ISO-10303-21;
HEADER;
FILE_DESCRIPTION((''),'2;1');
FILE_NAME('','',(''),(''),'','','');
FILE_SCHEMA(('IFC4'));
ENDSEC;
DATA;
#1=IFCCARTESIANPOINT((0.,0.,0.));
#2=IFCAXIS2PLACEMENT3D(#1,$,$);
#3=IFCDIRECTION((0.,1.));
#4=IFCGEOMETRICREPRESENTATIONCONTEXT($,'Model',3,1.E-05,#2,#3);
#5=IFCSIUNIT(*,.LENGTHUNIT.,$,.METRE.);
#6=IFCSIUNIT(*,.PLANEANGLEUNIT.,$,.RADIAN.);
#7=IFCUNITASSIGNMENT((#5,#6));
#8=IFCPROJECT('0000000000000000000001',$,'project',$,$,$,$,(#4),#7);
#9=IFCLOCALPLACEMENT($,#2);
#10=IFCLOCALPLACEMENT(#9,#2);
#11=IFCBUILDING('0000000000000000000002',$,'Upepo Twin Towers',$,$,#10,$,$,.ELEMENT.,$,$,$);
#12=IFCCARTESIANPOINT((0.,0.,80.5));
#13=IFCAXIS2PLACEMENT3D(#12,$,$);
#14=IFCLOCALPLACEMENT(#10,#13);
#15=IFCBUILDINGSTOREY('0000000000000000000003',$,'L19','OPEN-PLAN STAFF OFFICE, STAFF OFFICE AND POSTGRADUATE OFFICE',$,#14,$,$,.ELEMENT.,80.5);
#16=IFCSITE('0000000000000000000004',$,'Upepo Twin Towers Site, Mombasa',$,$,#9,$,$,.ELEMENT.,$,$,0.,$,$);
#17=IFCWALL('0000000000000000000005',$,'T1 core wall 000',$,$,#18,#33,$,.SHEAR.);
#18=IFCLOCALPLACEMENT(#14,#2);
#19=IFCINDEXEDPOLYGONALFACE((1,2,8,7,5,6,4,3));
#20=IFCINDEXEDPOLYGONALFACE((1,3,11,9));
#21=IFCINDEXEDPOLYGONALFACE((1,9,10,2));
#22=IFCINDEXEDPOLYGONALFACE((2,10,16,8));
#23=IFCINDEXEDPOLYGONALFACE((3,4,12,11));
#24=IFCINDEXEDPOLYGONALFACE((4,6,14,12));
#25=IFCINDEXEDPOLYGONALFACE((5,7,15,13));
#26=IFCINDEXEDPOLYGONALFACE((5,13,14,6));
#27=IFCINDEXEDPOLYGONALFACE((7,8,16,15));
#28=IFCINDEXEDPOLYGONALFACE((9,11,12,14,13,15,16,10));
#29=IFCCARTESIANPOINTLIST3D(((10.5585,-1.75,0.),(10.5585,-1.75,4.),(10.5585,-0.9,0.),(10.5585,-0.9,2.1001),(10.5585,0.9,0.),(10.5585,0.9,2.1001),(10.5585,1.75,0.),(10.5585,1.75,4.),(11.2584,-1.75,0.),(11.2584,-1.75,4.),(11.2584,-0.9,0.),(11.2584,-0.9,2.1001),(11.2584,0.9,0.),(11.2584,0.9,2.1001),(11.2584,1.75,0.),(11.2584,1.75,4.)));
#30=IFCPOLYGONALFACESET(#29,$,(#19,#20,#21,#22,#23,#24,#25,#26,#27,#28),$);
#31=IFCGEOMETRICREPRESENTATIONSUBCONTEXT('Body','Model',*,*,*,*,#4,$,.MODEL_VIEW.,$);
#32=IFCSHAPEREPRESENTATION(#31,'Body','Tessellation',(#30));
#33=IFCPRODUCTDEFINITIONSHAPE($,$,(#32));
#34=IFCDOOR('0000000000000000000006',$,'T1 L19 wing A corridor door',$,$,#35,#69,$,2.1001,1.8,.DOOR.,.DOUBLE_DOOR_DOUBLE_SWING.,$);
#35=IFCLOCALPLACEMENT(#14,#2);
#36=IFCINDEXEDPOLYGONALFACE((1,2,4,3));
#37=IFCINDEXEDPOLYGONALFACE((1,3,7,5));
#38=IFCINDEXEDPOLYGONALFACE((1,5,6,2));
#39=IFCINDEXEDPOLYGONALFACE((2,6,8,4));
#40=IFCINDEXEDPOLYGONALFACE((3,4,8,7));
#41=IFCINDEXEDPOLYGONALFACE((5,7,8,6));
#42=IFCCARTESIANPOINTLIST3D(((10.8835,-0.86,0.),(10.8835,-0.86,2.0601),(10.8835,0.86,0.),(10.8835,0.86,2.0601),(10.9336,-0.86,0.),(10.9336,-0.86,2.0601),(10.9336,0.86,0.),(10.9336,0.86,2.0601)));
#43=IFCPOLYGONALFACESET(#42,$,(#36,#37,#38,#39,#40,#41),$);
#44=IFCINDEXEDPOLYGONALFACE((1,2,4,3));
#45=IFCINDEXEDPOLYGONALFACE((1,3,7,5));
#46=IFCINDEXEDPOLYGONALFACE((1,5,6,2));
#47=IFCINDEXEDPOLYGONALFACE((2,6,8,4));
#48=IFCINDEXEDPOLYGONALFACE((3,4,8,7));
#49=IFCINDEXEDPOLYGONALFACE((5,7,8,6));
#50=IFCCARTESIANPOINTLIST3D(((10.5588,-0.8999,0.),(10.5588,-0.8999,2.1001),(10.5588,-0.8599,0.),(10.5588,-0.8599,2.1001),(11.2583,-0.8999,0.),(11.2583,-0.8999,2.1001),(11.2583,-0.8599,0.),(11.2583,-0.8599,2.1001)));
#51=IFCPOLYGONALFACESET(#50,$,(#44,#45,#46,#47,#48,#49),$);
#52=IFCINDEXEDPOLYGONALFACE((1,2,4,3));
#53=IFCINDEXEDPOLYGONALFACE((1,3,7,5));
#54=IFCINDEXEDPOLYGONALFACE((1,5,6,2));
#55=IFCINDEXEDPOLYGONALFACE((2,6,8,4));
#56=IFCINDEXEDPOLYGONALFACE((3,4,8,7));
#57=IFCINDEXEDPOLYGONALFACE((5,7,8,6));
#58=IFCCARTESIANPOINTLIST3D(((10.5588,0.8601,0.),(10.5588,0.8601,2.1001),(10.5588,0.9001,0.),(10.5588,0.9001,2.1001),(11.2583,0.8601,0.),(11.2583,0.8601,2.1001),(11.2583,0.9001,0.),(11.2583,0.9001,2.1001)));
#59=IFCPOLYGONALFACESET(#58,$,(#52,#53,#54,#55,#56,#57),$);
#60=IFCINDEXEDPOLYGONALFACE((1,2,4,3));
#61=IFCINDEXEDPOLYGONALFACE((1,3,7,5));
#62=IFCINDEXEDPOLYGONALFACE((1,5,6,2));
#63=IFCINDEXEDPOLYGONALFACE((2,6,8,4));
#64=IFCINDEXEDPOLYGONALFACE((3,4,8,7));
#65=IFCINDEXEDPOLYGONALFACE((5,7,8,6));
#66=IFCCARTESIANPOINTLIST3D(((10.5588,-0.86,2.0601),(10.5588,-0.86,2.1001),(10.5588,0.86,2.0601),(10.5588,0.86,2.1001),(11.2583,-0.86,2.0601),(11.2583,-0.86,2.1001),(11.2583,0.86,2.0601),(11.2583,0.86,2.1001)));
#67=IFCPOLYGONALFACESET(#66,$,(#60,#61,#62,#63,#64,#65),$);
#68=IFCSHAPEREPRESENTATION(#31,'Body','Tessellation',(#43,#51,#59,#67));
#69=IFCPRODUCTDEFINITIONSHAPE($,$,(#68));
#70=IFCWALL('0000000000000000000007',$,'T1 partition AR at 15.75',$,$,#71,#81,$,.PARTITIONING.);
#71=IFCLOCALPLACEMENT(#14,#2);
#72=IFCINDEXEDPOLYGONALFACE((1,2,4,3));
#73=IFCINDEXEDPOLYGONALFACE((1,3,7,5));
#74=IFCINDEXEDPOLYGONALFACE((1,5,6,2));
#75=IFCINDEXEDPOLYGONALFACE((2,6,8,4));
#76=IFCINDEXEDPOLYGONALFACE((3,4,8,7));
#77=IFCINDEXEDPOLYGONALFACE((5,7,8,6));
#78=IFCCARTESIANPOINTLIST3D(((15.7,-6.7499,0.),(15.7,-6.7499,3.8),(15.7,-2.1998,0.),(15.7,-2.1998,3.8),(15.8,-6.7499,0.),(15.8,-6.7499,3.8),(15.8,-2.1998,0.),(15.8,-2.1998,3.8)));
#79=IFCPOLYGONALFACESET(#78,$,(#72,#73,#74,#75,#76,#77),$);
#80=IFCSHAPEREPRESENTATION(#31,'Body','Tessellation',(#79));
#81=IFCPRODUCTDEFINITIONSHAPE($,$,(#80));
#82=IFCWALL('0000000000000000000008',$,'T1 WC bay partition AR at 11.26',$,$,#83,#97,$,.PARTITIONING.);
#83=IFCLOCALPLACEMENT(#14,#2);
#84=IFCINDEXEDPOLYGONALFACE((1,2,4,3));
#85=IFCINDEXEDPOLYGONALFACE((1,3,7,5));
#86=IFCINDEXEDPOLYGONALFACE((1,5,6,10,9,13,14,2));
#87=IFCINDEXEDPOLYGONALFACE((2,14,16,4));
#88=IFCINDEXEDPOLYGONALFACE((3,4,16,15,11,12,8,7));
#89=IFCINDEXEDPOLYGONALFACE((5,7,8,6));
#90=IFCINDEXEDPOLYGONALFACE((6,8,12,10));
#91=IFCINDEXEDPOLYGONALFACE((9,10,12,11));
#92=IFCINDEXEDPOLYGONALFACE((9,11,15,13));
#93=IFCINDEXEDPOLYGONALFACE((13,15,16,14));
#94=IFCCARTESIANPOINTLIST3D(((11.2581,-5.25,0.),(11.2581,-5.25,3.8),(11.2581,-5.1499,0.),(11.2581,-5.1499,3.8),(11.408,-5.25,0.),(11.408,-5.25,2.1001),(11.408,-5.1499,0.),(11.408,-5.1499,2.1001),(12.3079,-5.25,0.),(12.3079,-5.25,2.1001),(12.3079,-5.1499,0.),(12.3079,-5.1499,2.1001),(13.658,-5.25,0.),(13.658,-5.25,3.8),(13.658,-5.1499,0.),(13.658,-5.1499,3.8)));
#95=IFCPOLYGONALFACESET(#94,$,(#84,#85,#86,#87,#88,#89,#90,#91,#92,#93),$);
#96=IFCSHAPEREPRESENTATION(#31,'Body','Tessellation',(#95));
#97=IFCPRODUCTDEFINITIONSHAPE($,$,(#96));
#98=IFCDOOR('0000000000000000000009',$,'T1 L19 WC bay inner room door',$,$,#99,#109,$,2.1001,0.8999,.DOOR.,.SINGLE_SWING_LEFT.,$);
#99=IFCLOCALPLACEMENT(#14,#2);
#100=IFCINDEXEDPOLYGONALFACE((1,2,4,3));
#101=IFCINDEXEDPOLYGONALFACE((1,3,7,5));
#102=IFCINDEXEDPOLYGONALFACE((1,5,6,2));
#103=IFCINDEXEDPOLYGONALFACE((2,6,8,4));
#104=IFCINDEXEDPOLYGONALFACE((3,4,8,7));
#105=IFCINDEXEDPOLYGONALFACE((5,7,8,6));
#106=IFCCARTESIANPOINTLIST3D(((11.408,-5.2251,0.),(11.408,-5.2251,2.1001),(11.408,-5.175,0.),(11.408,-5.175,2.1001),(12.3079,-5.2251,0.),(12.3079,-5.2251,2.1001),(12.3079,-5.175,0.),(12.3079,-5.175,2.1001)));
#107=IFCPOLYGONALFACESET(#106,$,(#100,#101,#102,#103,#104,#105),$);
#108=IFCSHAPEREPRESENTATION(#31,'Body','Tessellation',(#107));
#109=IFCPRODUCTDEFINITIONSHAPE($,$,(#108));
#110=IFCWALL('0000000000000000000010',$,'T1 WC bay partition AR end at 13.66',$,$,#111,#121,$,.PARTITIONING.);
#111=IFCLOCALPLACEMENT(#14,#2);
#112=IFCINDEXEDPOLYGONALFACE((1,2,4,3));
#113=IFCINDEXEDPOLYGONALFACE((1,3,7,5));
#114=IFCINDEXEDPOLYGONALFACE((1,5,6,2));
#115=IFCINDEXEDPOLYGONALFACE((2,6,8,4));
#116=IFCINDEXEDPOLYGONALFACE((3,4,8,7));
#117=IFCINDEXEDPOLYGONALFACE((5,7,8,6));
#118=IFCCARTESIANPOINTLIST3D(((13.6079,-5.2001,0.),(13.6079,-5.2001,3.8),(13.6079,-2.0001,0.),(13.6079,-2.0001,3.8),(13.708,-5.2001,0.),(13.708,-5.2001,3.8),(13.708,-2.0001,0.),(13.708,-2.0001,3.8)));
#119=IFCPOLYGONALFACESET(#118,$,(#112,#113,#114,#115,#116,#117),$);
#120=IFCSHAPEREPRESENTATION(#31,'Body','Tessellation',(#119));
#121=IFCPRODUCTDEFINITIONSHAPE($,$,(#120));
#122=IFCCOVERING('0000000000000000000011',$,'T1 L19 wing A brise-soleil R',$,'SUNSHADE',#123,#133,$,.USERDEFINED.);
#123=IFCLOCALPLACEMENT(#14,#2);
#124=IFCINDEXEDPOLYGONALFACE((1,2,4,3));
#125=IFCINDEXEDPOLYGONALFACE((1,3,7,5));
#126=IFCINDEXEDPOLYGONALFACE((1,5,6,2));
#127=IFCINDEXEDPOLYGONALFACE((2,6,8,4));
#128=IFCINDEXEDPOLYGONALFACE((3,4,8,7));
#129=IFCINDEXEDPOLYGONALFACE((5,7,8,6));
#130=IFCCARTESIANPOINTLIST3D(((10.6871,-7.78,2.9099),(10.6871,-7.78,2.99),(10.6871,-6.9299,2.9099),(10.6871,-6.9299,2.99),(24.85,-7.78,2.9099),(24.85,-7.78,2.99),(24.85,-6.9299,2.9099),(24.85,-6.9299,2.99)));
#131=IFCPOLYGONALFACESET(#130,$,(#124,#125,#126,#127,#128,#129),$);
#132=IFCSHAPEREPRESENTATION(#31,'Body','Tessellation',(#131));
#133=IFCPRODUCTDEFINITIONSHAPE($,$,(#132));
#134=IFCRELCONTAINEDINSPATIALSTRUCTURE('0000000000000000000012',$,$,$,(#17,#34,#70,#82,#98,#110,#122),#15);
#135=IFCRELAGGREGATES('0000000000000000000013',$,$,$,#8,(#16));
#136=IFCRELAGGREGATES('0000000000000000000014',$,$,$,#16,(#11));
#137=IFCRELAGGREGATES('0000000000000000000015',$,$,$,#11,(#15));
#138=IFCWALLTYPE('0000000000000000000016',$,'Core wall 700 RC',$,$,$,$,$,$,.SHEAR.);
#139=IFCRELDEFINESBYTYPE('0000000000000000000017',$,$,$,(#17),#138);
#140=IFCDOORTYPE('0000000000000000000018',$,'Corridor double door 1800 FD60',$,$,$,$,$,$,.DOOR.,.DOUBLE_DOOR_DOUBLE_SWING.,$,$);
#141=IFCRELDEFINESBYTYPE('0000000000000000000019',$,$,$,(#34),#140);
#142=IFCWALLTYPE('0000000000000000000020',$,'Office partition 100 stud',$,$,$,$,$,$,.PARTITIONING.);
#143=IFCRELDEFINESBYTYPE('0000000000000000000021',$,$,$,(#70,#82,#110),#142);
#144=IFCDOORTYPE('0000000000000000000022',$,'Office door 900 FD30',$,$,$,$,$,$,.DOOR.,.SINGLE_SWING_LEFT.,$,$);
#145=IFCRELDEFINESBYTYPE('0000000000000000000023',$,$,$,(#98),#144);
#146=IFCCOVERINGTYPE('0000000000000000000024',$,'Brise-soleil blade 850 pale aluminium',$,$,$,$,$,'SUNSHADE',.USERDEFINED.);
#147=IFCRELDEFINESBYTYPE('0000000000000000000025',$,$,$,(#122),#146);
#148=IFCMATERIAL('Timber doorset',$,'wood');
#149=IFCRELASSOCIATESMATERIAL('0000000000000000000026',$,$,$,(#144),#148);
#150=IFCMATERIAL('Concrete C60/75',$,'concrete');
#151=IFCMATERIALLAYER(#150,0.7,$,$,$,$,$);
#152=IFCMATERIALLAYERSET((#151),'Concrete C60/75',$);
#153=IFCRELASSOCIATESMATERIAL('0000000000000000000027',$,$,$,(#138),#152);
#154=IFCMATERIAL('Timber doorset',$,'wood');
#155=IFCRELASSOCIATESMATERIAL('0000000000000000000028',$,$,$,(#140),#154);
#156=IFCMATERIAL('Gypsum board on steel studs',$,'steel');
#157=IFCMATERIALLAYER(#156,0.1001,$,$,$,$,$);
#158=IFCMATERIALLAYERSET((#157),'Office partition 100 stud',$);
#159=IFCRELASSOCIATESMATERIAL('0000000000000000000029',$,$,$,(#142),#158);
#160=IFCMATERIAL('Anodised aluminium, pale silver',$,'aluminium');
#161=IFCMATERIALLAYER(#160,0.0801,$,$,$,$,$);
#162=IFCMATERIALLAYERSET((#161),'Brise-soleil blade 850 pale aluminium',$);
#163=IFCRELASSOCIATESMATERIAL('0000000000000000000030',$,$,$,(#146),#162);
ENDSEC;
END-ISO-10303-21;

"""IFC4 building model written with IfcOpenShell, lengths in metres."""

from ifc_helpers import new_model, si_unit, direction, frame, frame_2d, origin, origin_2d, place, context, subcontext, project, spatial, rectangle, extrude, material, layer, layer_set, type_object, element, fill, save


model = new_model("IFC4")

# Units and contexts
model_context = context("Model", 3, precision=1e-05, world=origin(), true_north=direction((0.0, 1.0)))
body_context = subcontext(model_context, "Body", "Model", "MODEL_VIEW")
ifc_project = project(units=[si_unit("LENGTHUNIT", "METRE"), si_unit("PLANEANGLEUNIT", "RADIAN")], contexts=[model_context])

# Site, building, storey
site_placement = place(None, origin())
site = spatial("IfcSite", under=ifc_project, at=site_placement, Name="Upepo Twin Towers Site, Mombasa", CompositionType="ELEMENT", RefElevation=0.0)
building_placement = place(site_placement, origin())
building = spatial("IfcBuilding", under=site, at=building_placement, Name="Upepo Twin Towers", CompositionType="ELEMENT")
storey_placement = place(building_placement, frame((0.0, 0.0, 80.5)))
storey = spatial("IfcBuildingStorey", under=building, at=storey_placement, Name="L19", Description="OPEN-PLAN STAFF OFFICE, STAFF OFFICE AND POSTGRADUATE OFFICE", CompositionType="ELEMENT", Elevation=80.5)

# Shared definitions
ifc_material_1 = material(Name="Timber doorset", Category="wood")
door_type_1 = type_object("IfcDoorType", Name="Office door 900 FD30", OperationType="SINGLE_SWING_LEFT", PredefinedType="DOOR", material=ifc_material_1)

# Wall, opening, door
ifc_material_2 = material(Name="Concrete C60/75", Category="concrete")
ifc_layer_1 = layer(ifc_material_2, 0.7)
ifc_layer_set_1 = layer_set([ifc_layer_1], Name="Concrete C60/75")
wall_type_1 = type_object("IfcWallType", Name="Core wall 700 RC", PredefinedType="SHEAR", material=ifc_layer_set_1)
wall_1_placement = place(storey_placement, frame((10.9084, -1.75, 0.0), z_axis=(0.0, 0.0, 1.0), x_axis=(0.0, 1.0, 0.0)))
wall_1 = element("IfcWall", 1, at=wall_1_placement, inside=storey, type_object=wall_type_1, Name="T1 core wall 000", PredefinedType="SHEAR", context=body_context, shape_type="SweptSolid", body=[
    extrude(rectangle(XDim=3.5, YDim=0.7, at=frame_2d((1.75, 0.0))), origin(), (0.0, 0.0, 1.0), 4.0),
])
opening_1_placement = place(wall_1_placement, frame((0.8501, 0.0, 0.0)))
opening_1 = element("IfcOpeningElement", 2, at=opening_1_placement, cuts=wall_1, PredefinedType="OPENING", context=body_context, shape_type="SweptSolid", body=[
    extrude(rectangle(XDim=1.8, YDim=2.1001, at=frame_2d((0.8999, 1.05))), frame((0.0, 0.3599, 0.0), z_axis=(0.0, -1.0, 0.0), x_axis=(1.0, 0.0, 0.0)), (0.0, 0.0, 1.0), 0.72),
])
ifc_material_3 = material(Name="Timber doorset", Category="wood")
door_type_2 = type_object("IfcDoorType", Name="Corridor double door 1800 FD60", OperationType="DOUBLE_DOOR_DOUBLE_SWING", PredefinedType="DOOR", material=ifc_material_3)
door_1_placement = place(opening_1_placement, origin())
door_1 = element("IfcDoor", 3, at=door_1_placement, inside=storey, type_object=door_type_2, Name="T1 L19 wing A corridor door", OperationType="DOUBLE_DOOR_DOUBLE_SWING", OverallHeight=2.1001, OverallWidth=1.8, PredefinedType="DOOR", context=body_context, shape_type="SweptSolid", body=[
    extrude(rectangle(XDim=1.72, YDim=2.0601, at=frame_2d((0.8999, 1.03))), frame((0.0, 0.0249, 0.0), z_axis=(0.0, -1.0, 0.0), x_axis=(1.0, 0.0, 0.0)), (0.0, 0.0, 1.0), 0.05),
    extrude(rectangle(XDim=0.04, YDim=2.1001, at=frame_2d((0.02, 1.05))), frame((0.0, 0.3496, 0.0), z_axis=(0.0, -1.0, 0.0), x_axis=(1.0, 0.0, 0.0)), (0.0, 0.0, 1.0), 0.6995),
    extrude(rectangle(XDim=0.04, YDim=2.1001, at=frame_2d((1.78, 1.05))), frame((0.0, 0.3496, 0.0), z_axis=(0.0, -1.0, 0.0), x_axis=(1.0, 0.0, 0.0)), (0.0, 0.0, 1.0), 0.6995),
    extrude(rectangle(XDim=1.72, YDim=0.04, at=frame_2d((0.8999, 2.0801))), frame((0.0, 0.3496, 0.0), z_axis=(0.0, -1.0, 0.0), x_axis=(1.0, 0.0, 0.0)), (0.0, 0.0, 1.0), 0.6995),
])
fill(opening_1, door_1)

# Wall
ifc_material_4 = material(Name="Gypsum board on steel studs", Category="steel")
ifc_layer_2 = layer(ifc_material_4, 0.1001)
ifc_layer_set_2 = layer_set([ifc_layer_2], Name="Office partition 100 stud")
wall_type_2 = type_object("IfcWallType", Name="Office partition 100 stud", PredefinedType="PARTITIONING", material=ifc_layer_set_2)
wall_2_placement = place(storey_placement, frame((15.75, -2.2, 0.0), z_axis=(0.0, 0.0, 1.0), x_axis=(0.0, -1.0, 0.0)))
element("IfcWall", 4, at=wall_2_placement, inside=storey, type_object=wall_type_2, Name="T1 partition AR at 15.75", PredefinedType="PARTITIONING", context=body_context, shape_type="SweptSolid", body=[
    extrude(rectangle(XDim=4.55, YDim=0.1001, at=frame_2d((2.2749, 0.0))), origin(), (0.0, 0.0, 1.0), 3.8),
])

# Wall, opening, door
wall_3_placement = place(storey_placement, frame((11.2581, -5.2, 0.0), z_axis=(0.0, 0.0, 1.0), x_axis=(1.0, 0.0, 0.0)))
wall_3 = element("IfcWall", 5, at=wall_3_placement, inside=storey, type_object=wall_type_2, Name="T1 WC bay partition AR at 11.26", PredefinedType="PARTITIONING", context=body_context, shape_type="SweptSolid", body=[
    extrude(rectangle(XDim=2.3999, YDim=0.1001, at=frame_2d((1.2, 0.0))), origin(), (0.0, 0.0, 1.0), 3.8),
])
opening_2_placement = place(wall_3_placement, frame((0.1499, 0.0, 0.0)))
opening_2 = element("IfcOpeningElement", 6, at=opening_2_placement, cuts=wall_3, PredefinedType="OPENING", context=body_context, shape_type="SweptSolid", body=[
    extrude(rectangle(XDim=0.8999, YDim=2.1001, at=frame_2d((0.45, 1.05))), frame((0.0, 0.0601, 0.0), z_axis=(0.0, -1.0, 0.0), x_axis=(1.0, 0.0, 0.0)), (0.0, 0.0, 1.0), 0.1201),
])
door_2_placement = place(opening_2_placement, origin())
door_2 = element("IfcDoor", 7, at=door_2_placement, inside=storey, type_object=door_type_1, Name="T1 L19 WC bay inner room door", OperationType="SINGLE_SWING_LEFT", OverallHeight=2.1001, OverallWidth=0.8999, PredefinedType="DOOR", context=body_context, shape_type="SweptSolid", body=[
    extrude(rectangle(XDim=0.8999, YDim=2.1001, at=frame_2d((0.45, 1.05))), frame((0.0, 0.0249, 0.0), z_axis=(0.0, -1.0, 0.0), x_axis=(1.0, 0.0, 0.0)), (0.0, 0.0, 1.0), 0.05),
])
fill(opening_2, door_2)

# Wall
wall_4_placement = place(storey_placement, frame((13.658, -2.0, 0.0), z_axis=(0.0, 0.0, 1.0), x_axis=(0.0, -1.0, 0.0)))
element("IfcWall", 8, at=wall_4_placement, inside=storey, type_object=wall_type_2, Name="T1 WC bay partition AR end at 13.66", PredefinedType="PARTITIONING", context=body_context, shape_type="SweptSolid", body=[
    extrude(rectangle(XDim=3.2, YDim=0.1001, at=frame_2d((1.6001, 0.0))), origin(), (0.0, 0.0, 1.0), 3.8),
])

# Covering
ifc_material_5 = material(Name="Anodised aluminium, pale silver", Category="aluminium")
ifc_layer_3 = layer(ifc_material_5, 0.0801)
ifc_layer_set_3 = layer_set([ifc_layer_3], Name="Brise-soleil blade 850 pale aluminium")
covering_type = type_object("IfcCoveringType", Name="Brise-soleil blade 850 pale aluminium", ElementType="SUNSHADE", PredefinedType="USERDEFINED", material=ifc_layer_set_3)
covering_placement = place(storey_placement, frame((17.7686, -7.355, 2.9099), z_axis=(0.0, 0.0, 1.0), x_axis=(1.0, 0.0, 0.0)))
element("IfcCovering", 9, at=covering_placement, inside=storey, type_object=covering_type, Name="T1 L19 wing A brise-soleil R", ObjectType="SUNSHADE", PredefinedType="USERDEFINED", context=body_context, shape_type="SweptSolid", body=[
    extrude(rectangle(XDim=14.1628, YDim=0.8501, at=origin_2d()), origin(), (0.0, 0.0, 1.0), 0.0801),
])

save(model, "model.ifc")
